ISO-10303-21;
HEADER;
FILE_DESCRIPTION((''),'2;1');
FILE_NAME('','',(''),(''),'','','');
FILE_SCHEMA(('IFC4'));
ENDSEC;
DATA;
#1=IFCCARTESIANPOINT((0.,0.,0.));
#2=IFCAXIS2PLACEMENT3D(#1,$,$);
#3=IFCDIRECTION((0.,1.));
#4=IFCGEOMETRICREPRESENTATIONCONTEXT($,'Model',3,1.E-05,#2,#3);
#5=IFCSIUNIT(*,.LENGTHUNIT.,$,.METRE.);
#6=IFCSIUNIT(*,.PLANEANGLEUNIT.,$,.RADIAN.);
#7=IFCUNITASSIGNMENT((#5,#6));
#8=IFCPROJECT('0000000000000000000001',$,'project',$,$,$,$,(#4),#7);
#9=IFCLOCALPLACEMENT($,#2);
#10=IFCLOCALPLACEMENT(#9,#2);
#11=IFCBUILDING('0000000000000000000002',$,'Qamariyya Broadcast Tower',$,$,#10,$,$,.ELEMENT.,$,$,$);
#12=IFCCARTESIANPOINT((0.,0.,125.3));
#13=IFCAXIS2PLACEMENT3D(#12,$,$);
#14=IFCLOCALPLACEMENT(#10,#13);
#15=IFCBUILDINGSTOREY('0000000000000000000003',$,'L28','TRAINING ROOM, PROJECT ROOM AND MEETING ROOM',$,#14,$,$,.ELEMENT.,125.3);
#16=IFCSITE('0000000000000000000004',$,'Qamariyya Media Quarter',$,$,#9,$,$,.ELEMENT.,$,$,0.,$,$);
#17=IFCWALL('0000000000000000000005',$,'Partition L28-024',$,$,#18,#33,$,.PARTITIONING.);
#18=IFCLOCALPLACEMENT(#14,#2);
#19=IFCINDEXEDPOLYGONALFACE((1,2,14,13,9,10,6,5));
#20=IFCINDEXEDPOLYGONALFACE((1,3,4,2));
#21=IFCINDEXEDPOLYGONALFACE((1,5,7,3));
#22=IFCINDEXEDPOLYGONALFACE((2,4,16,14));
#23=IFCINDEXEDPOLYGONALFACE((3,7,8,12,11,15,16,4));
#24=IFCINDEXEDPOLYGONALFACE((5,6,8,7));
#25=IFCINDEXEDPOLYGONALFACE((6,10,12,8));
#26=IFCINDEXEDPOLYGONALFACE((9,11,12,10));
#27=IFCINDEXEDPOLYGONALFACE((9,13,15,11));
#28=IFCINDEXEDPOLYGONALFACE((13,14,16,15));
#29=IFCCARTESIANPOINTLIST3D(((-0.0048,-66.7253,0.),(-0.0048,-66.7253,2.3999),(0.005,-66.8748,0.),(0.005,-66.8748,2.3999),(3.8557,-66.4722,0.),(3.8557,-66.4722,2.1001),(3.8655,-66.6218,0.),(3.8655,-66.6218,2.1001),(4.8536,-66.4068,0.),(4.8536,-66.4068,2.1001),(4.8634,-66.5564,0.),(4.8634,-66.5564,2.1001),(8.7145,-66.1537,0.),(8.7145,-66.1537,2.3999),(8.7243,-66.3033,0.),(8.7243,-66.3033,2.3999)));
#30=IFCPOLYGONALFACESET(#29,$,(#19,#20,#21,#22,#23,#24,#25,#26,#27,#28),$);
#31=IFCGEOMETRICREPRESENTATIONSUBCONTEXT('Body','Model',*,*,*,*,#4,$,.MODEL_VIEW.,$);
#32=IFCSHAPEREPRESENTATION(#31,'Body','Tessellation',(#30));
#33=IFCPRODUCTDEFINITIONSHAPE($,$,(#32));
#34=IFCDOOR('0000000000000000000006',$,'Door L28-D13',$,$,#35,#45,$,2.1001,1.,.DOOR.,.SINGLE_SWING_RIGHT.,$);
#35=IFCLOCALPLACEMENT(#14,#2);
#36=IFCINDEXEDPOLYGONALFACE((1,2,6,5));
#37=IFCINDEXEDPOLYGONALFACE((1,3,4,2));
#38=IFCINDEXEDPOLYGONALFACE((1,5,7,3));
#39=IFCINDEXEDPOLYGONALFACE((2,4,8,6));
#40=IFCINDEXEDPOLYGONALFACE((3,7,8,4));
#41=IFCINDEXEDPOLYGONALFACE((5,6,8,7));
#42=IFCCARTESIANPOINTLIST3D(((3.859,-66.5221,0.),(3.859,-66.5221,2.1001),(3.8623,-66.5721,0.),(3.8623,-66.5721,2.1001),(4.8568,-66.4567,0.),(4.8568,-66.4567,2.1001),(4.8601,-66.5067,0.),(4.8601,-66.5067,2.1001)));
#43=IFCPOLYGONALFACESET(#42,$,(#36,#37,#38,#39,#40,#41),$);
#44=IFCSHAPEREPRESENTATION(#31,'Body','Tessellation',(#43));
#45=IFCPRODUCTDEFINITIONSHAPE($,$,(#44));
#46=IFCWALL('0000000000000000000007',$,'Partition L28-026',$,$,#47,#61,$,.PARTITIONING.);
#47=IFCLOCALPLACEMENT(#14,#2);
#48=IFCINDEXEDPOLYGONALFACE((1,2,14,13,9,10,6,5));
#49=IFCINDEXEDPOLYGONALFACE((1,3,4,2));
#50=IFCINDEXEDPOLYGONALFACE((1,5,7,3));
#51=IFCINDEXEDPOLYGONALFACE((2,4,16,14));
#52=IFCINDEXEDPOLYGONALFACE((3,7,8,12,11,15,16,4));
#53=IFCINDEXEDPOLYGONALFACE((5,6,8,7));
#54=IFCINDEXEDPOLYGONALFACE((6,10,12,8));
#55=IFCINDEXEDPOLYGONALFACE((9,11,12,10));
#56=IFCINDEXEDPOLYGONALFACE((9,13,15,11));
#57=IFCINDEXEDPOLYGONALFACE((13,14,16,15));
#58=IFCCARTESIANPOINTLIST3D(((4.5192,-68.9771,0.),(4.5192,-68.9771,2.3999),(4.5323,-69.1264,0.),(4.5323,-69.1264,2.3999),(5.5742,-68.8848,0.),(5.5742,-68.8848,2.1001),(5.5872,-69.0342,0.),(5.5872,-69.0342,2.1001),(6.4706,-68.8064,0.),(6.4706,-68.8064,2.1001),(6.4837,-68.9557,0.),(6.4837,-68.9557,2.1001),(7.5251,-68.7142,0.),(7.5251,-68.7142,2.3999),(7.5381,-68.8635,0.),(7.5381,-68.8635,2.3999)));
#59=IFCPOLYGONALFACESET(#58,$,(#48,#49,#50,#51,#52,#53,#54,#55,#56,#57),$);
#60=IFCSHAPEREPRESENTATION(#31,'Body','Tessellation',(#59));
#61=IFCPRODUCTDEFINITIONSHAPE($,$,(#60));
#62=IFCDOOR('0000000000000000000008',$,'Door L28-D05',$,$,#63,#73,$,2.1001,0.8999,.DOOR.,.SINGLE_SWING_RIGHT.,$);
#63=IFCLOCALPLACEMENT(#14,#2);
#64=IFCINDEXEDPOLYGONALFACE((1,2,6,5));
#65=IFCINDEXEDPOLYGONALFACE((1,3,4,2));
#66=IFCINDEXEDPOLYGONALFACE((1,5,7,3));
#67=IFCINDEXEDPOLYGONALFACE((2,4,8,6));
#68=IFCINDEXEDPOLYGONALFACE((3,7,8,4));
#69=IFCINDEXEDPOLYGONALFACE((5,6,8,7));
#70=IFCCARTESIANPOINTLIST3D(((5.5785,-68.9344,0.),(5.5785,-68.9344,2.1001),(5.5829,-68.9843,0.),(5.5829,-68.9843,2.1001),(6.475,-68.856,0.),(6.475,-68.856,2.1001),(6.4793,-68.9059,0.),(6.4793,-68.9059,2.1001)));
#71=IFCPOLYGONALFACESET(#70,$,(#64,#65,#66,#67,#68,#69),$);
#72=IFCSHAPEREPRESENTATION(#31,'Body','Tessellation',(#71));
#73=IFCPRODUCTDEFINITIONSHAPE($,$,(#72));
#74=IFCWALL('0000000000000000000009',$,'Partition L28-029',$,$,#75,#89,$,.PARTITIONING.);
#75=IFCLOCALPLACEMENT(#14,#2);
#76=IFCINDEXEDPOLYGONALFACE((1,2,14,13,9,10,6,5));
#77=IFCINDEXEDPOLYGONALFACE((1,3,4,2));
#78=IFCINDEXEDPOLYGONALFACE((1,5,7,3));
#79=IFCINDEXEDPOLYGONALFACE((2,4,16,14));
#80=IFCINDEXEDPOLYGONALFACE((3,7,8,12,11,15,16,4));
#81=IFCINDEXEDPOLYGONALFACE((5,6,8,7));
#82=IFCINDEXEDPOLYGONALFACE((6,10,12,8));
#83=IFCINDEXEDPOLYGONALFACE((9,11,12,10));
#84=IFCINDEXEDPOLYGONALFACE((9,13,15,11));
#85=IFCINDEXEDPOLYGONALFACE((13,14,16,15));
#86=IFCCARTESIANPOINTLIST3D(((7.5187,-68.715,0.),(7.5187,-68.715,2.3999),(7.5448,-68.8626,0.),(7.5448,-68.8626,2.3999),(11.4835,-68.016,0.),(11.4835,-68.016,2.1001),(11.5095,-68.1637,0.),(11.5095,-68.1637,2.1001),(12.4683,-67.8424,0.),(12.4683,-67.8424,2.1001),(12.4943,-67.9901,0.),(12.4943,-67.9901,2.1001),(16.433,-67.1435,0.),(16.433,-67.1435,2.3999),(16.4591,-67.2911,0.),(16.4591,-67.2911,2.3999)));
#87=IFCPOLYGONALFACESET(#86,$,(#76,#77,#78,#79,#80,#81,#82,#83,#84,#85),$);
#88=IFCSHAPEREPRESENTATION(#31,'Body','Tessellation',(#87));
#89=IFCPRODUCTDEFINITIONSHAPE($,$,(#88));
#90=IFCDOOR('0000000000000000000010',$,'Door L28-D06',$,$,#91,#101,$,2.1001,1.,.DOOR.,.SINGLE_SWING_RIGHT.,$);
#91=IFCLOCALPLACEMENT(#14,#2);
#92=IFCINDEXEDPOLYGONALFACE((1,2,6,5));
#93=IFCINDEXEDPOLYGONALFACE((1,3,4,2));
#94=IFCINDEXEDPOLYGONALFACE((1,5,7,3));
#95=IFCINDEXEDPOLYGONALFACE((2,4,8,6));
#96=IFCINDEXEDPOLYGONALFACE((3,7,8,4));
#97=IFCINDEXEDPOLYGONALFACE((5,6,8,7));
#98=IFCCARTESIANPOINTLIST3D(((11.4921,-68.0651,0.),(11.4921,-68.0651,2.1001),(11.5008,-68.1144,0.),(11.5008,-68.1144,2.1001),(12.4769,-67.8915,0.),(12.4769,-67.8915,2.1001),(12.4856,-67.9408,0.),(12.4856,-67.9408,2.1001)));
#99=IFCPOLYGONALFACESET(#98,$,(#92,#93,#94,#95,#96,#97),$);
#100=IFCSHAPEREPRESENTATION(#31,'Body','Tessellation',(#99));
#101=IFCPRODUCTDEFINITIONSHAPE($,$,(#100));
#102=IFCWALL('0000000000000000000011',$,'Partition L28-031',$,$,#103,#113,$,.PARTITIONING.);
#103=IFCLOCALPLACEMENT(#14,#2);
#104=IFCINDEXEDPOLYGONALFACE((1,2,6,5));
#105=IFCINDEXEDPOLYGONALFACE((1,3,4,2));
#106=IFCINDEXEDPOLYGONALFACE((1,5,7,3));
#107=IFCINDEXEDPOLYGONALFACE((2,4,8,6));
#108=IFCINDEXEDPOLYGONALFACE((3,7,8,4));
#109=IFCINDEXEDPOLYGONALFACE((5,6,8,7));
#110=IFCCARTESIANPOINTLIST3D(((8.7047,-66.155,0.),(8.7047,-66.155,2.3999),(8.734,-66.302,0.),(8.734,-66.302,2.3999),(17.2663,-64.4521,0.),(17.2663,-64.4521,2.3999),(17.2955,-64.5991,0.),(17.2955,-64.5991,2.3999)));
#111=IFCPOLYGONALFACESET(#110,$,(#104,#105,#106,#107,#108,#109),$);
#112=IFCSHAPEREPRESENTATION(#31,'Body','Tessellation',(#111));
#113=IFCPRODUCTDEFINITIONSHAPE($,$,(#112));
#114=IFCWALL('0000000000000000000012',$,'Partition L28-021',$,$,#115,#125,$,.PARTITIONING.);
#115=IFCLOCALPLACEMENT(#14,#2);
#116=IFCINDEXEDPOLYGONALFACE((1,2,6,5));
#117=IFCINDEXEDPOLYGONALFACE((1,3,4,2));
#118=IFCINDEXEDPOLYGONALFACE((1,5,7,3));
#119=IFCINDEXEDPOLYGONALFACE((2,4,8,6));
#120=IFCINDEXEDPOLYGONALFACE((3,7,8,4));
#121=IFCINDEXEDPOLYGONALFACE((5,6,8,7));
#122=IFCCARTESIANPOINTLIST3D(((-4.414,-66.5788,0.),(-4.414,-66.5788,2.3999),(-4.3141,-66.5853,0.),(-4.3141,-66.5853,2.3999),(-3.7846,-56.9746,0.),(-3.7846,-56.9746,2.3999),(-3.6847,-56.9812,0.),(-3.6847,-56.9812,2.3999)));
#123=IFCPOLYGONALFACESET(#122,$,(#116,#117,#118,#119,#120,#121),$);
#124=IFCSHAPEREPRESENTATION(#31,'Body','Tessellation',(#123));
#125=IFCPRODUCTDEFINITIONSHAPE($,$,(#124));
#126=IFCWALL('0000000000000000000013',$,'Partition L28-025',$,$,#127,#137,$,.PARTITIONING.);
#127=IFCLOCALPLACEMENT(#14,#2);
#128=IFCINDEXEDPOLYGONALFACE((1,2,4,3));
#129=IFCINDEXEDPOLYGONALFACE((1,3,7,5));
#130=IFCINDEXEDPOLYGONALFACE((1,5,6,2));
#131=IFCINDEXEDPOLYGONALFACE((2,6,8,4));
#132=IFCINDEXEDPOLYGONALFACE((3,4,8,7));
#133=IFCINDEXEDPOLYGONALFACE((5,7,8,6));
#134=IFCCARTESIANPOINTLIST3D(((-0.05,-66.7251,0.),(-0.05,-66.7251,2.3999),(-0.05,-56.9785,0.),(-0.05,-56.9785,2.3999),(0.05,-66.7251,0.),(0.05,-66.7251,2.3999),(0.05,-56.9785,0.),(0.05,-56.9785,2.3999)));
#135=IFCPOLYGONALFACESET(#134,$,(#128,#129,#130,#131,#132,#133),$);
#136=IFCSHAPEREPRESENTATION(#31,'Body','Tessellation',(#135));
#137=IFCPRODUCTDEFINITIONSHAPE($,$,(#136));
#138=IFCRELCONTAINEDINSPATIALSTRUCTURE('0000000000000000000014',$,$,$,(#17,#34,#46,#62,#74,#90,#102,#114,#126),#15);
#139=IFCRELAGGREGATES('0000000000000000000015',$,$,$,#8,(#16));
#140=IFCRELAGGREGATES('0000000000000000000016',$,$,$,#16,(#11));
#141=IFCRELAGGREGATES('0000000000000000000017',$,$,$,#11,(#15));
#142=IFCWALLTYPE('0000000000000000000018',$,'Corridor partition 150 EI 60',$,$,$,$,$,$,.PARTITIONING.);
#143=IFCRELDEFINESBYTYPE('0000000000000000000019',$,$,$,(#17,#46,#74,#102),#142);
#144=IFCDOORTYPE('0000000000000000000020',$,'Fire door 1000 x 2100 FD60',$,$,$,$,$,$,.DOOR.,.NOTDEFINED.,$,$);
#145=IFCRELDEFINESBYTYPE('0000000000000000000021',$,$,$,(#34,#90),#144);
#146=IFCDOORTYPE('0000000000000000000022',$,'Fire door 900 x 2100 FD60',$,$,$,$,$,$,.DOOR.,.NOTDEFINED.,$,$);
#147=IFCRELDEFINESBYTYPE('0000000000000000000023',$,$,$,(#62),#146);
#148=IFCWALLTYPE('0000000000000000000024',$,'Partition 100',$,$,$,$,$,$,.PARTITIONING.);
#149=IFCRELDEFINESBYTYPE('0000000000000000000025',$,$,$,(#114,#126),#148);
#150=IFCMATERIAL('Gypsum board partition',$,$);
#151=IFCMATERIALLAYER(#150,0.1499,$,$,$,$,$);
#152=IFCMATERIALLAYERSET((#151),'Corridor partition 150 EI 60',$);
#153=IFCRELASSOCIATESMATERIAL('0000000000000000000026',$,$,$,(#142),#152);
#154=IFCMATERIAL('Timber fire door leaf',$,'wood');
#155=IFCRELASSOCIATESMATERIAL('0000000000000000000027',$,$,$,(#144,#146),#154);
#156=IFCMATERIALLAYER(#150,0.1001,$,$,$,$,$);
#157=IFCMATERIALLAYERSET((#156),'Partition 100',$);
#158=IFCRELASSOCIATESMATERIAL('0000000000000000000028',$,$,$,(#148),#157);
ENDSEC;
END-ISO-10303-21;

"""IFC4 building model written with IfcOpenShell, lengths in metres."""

from ifc_helpers import new_model, si_unit, direction, frame, frame_2d, origin, place, context, subcontext, project, spatial, rectangle, extrude, material, layer, layer_set, type_object, element, fill, save


model = new_model("IFC4")

# Units and contexts
model_context = context("Model", 3, precision=1e-05, world=origin(), true_north=direction((0.0, 1.0)))
body_context = subcontext(model_context, "Body", "Model", "MODEL_VIEW")
ifc_project = project(units=[si_unit("LENGTHUNIT", "METRE"), si_unit("PLANEANGLEUNIT", "RADIAN")], contexts=[model_context])

# Site, building, storey
site_placement = place(None, origin())
site = spatial("IfcSite", under=ifc_project, at=site_placement, Name="Qamariyya Media Quarter", CompositionType="ELEMENT", RefElevation=0.0)
building_placement = place(site_placement, origin())
building = spatial("IfcBuilding", under=site, at=building_placement, Name="Qamariyya Broadcast Tower", CompositionType="ELEMENT")
storey_placement = place(building_placement, frame((0.0, 0.0, 125.3)))
storey = spatial("IfcBuildingStorey", under=building, at=storey_placement, Name="L28", Description="TRAINING ROOM, PROJECT ROOM AND MEETING ROOM", CompositionType="ELEMENT", Elevation=125.3)

# Walls, openings, doors
ifc_material_1 = material(Name="Gypsum board partition")
ifc_layer_1 = layer(ifc_material_1, 0.1499)
ifc_layer_set_1 = layer_set([ifc_layer_1], Name="Corridor partition 150 EI 60")
wall_type_1 = type_object("IfcWallType", Name="Corridor partition 150 EI 60", PredefinedType="PARTITIONING", material=ifc_layer_set_1)
ifc_material_2 = material(Name="Timber fire door leaf", Category="wood")
door_type_1 = type_object("IfcDoorType", Name="Fire door 1000 x 2100 FD60", OperationType="NOTDEFINED", PredefinedType="DOOR", material=ifc_material_2)
wall_1_placement = place(storey_placement, frame((0.0, -66.8, 0.0), z_axis=(0.0, 0.0, 1.0), x_axis=(0.997859, 0.065408, 0.0)))
wall_1 = element("IfcWall", 1, at=wall_1_placement, inside=storey, type_object=wall_type_1, Name="Partition L28-024", PredefinedType="PARTITIONING", context=body_context, shape_type="SweptSolid", body=[
    extrude(rectangle(XDim=8.738, YDim=0.1499, at=frame_2d((4.3691, 0.0))), origin(), (0.0, 0.0, 1.0), 2.3999),
])
opening_1_placement = place(wall_1_placement, frame((3.8689, 0.0, 0.0)))
opening_1 = element("IfcOpeningElement", 2, at=opening_1_placement, cuts=wall_1, PredefinedType="OPENING", context=body_context, shape_type="SweptSolid", body=[
    extrude(rectangle(XDim=1.0, YDim=2.1001, at=frame_2d((0.5, 1.05))), frame((0.0, 0.085, 0.0), z_axis=(0.0, -1.0, 0.0), x_axis=(1.0, 0.0, 0.0)), (0.0, 0.0, 1.0), 0.1699),
])
door_1_placement = place(opening_1_placement, origin())
door_1 = element("IfcDoor", 3, at=door_1_placement, inside=storey, type_object=door_type_1, Name="Door L28-D13", OperationType="SINGLE_SWING_RIGHT", OverallHeight=2.1001, OverallWidth=1.0, PredefinedType="DOOR", context=body_context, shape_type="SweptSolid", body=[
    extrude(rectangle(XDim=1.0, YDim=2.1001, at=frame_2d((0.5, 1.05))), frame((0.0, 0.0249, 0.0), z_axis=(0.0, -1.0, 0.0), x_axis=(1.0, 0.0, 0.0)), (0.0, 0.0, 1.0), 0.05),
])
fill(opening_1, door_1)
wall_2_placement = place(storey_placement, frame((7.5317, -68.7888, 0.0), z_axis=(0.0, 0.0, 1.0), x_axis=(-0.996196, -0.087143, 0.0)))
wall_2 = element("IfcWall", 4, at=wall_2_placement, inside=storey, type_object=wall_type_1, Name="Partition L28-026", PredefinedType="PARTITIONING", context=body_context, shape_type="SweptSolid", body=[
    extrude(rectangle(XDim=3.0173, YDim=0.1499, at=frame_2d((1.5088, 0.0))), origin(), (0.0, 0.0, 1.0), 2.3999),
])
opening_2_placement = place(wall_2_placement, frame((1.0586, 0.0, 0.0)))
opening_2 = element("IfcOpeningElement", 5, at=opening_2_placement, cuts=wall_2, PredefinedType="OPENING", context=body_context, shape_type="SweptSolid", body=[
    extrude(rectangle(XDim=0.8999, YDim=2.1001, at=frame_2d((0.45, 1.05))), frame((0.0, 0.085, 0.0), z_axis=(0.0, -1.0, 0.0), x_axis=(1.0, 0.0, 0.0)), (0.0, 0.0, 1.0), 0.1699),
])
door_type_2 = type_object("IfcDoorType", Name="Fire door 900 x 2100 FD60", OperationType="NOTDEFINED", PredefinedType="DOOR", material=ifc_material_2)
door_2_placement = place(opening_2_placement, origin())
door_2 = element("IfcDoor", 6, at=door_2_placement, inside=storey, type_object=door_type_2, Name="Door L28-D05", OperationType="SINGLE_SWING_RIGHT", OverallHeight=2.1001, OverallWidth=0.8999, PredefinedType="DOOR", context=body_context, shape_type="SweptSolid", body=[
    extrude(rectangle(XDim=0.8999, YDim=2.1001, at=frame_2d((0.45, 1.05))), frame((0.0, 0.0249, 0.0), z_axis=(0.0, -1.0, 0.0), x_axis=(1.0, 0.0, 0.0)), (0.0, 0.0, 1.0), 0.05),
])
fill(opening_2, door_2)
wall_3_placement = place(storey_placement, frame((16.446, -67.2173, 0.0), z_axis=(0.0, 0.0, 1.0), x_axis=(-0.984813, -0.173616, 0.0)))
wall_3 = element("IfcWall", 7, at=wall_3_placement, inside=storey, type_object=wall_type_1, Name="Partition L28-029", PredefinedType="PARTITIONING", context=body_context, shape_type="SweptSolid", body=[
    extrude(rectangle(XDim=9.0518, YDim=0.1499, at=frame_2d((4.5259, 0.0))), origin(), (0.0, 0.0, 1.0), 2.3999),
])
opening_3_placement = place(wall_3_placement, frame((4.0259, 0.0, 0.0)))
opening_3 = element("IfcOpeningElement", 8, at=opening_3_placement, cuts=wall_3, PredefinedType="OPENING", context=body_context, shape_type="SweptSolid", body=[
    extrude(rectangle(XDim=1.0, YDim=2.1001, at=frame_2d((0.5, 1.05))), frame((0.0, 0.085, 0.0), z_axis=(0.0, -1.0, 0.0), x_axis=(1.0, 0.0, 0.0)), (0.0, 0.0, 1.0), 0.1699),
])
door_3_placement = place(opening_3_placement, origin())
door_3 = element("IfcDoor", 9, at=door_3_placement, inside=storey, type_object=door_type_1, Name="Door L28-D06", OperationType="SINGLE_SWING_RIGHT", OverallHeight=2.1001, OverallWidth=1.0, PredefinedType="DOOR", context=body_context, shape_type="SweptSolid", body=[
    extrude(rectangle(XDim=1.0, YDim=2.1001, at=frame_2d((0.5, 1.05))), frame((0.0, 0.0249, 0.0), z_axis=(0.0, -1.0, 0.0), x_axis=(1.0, 0.0, 0.0)), (0.0, 0.0, 1.0), 0.05),
])
fill(opening_3, door_3)

# Walls
wall_4_placement = place(storey_placement, frame((8.7192, -66.2285, 0.0), z_axis=(0.0, 0.0, 1.0), x_axis=(0.980788, 0.195078, 0.0)))
element("IfcWall", 10, at=wall_4_placement, inside=storey, type_object=wall_type_1, Name="Partition L28-031", PredefinedType="PARTITIONING", context=body_context, shape_type="SweptSolid", body=[
    extrude(rectangle(XDim=8.7292, YDim=0.1499, at=frame_2d((4.3647, 0.0))), origin(), (0.0, 0.0, 1.0), 2.3999),
])
ifc_layer_2 = layer(ifc_material_1, 0.1001)
ifc_layer_set_2 = layer_set([ifc_layer_2], Name="Partition 100")
wall_type_2 = type_object("IfcWallType", Name="Partition 100", PredefinedType="PARTITIONING", material=ifc_layer_set_2)
wall_5_placement = place(storey_placement, frame((-3.7346, -56.9778, 0.0), z_axis=(0.0, 0.0, 1.0), x_axis=(-0.065393, -0.99786, 0.0)))
element("IfcWall", 11, at=wall_5_placement, inside=storey, type_object=wall_type_2, Name="Partition L28-021", PredefinedType="PARTITIONING", context=body_context, shape_type="SweptSolid", body=[
    extrude(rectangle(XDim=9.6248, YDim=0.1001, at=frame_2d((4.8125, 0.0))), origin(), (0.0, 0.0, 1.0), 2.3999),
])
wall_6_placement = place(storey_placement, frame((0.0, -56.9785, 0.0), z_axis=(0.0, 0.0, 1.0), x_axis=(0.0, -1.0, 0.0)))
element("IfcWall", 12, at=wall_6_placement, inside=storey, type_object=wall_type_2, Name="Partition L28-025", PredefinedType="PARTITIONING", context=body_context, shape_type="SweptSolid", body=[
    extrude(rectangle(XDim=9.7466, YDim=0.1001, at=frame_2d((4.8733, 0.0))), origin(), (0.0, 0.0, 1.0), 2.3999),
])

save(model, "model.ifc")
